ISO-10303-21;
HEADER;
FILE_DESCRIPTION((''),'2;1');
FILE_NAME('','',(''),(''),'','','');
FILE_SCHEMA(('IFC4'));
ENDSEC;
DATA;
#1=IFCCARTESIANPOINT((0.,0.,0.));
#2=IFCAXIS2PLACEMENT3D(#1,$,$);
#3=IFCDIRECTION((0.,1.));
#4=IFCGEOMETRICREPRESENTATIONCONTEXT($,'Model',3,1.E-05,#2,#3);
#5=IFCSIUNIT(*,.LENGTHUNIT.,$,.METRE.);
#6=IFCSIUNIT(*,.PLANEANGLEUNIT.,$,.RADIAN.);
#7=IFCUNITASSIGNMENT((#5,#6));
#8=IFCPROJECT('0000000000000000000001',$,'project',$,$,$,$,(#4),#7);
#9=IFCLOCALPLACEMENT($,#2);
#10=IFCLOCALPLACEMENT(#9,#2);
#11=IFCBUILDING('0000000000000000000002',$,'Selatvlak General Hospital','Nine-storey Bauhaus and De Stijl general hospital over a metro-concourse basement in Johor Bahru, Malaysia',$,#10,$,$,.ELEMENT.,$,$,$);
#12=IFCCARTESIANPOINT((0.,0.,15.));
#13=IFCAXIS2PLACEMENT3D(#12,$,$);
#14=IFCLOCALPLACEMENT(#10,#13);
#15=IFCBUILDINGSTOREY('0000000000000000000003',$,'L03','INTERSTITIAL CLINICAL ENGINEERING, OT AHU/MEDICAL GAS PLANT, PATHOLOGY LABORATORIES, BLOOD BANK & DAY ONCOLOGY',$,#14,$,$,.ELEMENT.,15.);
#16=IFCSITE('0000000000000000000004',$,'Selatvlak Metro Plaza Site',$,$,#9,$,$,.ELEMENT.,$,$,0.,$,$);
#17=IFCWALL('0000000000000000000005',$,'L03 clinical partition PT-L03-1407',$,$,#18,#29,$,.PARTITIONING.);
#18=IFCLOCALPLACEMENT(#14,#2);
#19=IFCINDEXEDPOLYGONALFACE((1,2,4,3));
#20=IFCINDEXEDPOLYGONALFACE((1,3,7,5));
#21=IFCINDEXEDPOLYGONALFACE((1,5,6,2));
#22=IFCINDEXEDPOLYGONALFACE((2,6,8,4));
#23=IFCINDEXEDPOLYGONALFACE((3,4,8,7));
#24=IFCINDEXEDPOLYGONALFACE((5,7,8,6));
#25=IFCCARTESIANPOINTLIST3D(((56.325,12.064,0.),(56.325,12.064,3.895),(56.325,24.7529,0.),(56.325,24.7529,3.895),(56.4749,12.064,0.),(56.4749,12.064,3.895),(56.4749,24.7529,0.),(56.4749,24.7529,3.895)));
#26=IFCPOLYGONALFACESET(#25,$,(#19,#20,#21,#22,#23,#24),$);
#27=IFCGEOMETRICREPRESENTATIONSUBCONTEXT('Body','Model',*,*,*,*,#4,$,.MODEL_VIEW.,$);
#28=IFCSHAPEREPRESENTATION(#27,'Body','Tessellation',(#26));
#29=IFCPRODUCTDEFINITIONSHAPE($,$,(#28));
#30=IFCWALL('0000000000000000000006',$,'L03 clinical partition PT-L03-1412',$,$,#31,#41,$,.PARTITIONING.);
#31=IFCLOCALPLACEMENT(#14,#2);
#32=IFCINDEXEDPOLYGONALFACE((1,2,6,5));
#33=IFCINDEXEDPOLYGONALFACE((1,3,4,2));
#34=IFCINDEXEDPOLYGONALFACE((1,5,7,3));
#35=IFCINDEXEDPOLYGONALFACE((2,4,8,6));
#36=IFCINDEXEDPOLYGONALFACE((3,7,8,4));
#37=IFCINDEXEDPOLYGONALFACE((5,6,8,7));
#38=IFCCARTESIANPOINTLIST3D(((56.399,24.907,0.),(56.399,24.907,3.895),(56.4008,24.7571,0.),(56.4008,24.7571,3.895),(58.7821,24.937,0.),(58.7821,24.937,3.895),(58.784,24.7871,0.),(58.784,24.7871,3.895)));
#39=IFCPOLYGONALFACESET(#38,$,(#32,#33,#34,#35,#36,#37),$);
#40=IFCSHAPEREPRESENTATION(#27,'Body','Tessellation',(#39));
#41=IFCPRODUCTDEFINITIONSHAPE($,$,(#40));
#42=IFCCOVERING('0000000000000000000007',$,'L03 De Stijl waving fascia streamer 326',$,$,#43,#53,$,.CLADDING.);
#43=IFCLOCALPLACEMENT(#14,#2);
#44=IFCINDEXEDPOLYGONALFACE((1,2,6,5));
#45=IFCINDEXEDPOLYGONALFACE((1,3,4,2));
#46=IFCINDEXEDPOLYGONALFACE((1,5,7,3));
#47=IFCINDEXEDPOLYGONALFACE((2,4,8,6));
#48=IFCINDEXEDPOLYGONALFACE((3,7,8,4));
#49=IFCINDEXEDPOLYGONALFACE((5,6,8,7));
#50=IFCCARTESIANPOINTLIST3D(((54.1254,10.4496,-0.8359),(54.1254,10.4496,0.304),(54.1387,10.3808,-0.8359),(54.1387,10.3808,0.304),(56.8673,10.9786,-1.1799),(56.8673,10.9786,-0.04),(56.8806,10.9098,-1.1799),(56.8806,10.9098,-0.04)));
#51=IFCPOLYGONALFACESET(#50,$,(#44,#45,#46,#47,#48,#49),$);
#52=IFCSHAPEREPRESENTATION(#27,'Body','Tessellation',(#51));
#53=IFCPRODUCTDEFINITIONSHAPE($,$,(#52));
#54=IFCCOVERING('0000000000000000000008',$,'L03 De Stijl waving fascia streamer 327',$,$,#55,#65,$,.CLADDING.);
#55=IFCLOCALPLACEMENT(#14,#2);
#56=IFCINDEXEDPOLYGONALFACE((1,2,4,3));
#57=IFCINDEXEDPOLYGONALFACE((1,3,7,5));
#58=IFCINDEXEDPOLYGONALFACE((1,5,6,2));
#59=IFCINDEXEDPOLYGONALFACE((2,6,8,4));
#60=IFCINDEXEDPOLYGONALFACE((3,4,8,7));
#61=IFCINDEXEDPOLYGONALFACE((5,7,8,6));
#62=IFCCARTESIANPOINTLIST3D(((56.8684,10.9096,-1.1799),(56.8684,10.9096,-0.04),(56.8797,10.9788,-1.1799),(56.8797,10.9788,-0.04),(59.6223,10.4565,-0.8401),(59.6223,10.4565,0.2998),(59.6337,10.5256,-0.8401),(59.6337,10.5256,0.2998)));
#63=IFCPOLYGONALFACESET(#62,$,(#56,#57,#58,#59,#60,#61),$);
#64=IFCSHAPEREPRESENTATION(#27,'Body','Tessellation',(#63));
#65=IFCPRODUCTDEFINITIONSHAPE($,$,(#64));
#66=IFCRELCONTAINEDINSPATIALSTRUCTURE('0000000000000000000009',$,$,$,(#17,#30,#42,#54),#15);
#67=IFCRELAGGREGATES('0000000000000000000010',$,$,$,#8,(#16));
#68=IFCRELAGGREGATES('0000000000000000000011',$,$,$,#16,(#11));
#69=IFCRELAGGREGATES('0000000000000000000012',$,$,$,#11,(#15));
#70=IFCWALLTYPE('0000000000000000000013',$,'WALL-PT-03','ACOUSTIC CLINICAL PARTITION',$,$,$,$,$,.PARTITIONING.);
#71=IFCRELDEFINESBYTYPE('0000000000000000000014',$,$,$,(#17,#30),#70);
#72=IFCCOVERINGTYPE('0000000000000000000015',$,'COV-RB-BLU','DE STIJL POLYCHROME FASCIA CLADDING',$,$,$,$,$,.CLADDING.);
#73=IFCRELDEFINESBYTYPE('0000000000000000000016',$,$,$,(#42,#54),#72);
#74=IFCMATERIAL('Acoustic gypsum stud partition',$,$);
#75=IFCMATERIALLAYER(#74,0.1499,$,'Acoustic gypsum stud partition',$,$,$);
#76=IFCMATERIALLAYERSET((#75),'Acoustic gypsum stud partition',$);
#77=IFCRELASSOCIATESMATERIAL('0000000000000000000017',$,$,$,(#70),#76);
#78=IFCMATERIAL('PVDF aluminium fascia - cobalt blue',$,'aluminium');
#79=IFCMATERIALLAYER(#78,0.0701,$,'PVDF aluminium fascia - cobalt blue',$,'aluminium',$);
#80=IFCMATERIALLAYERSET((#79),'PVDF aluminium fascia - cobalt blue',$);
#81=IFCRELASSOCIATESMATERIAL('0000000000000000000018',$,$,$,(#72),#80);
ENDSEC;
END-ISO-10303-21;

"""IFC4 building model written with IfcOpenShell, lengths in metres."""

from ifc_helpers import new_model, si_unit, direction, frame, frame_2d, origin, place, context, subcontext, project, spatial, polyline, rectangle, outline, extrude, material, layer, layer_set, type_object, element, save


model = new_model("IFC4")

# Units and contexts
model_context = context("Model", 3, precision=1e-05, world=origin(), true_north=direction((0.0, 1.0)))
body_context = subcontext(model_context, "Body", "Model", "MODEL_VIEW")
ifc_project = project(units=[si_unit("LENGTHUNIT", "METRE"), si_unit("PLANEANGLEUNIT", "RADIAN")], contexts=[model_context])

# Site, building, storey
site_placement = place(None, origin())
site = spatial("IfcSite", under=ifc_project, at=site_placement, Name="Selatvlak Metro Plaza Site", CompositionType="ELEMENT", RefElevation=0.0)
building_placement = place(site_placement, origin())
building = spatial("IfcBuilding", under=site, at=building_placement, Name="Selatvlak General Hospital", Description="Nine-storey Bauhaus and De Stijl general hospital over a metro-concourse basement in Johor Bahru, Malaysia", CompositionType="ELEMENT")
storey_placement = place(building_placement, frame((0.0, 0.0, 15.0)))
storey = spatial("IfcBuildingStorey", under=building, at=storey_placement, Name="L03", Description="INTERSTITIAL CLINICAL ENGINEERING, OT AHU/MEDICAL GAS PLANT, PATHOLOGY LABORATORIES, BLOOD BANK & DAY ONCOLOGY", CompositionType="ELEMENT", Elevation=15.0)

# Walls
ifc_material_1 = material(Name="Acoustic gypsum stud partition")
ifc_layer_1 = layer(ifc_material_1, 0.1499, Name="Acoustic gypsum stud partition")
ifc_layer_set_1 = layer_set([ifc_layer_1], Name="Acoustic gypsum stud partition")
wall_type_1 = type_object("IfcWallType", Name="WALL-PT-03", Description="ACOUSTIC CLINICAL PARTITION", PredefinedType="PARTITIONING", material=ifc_layer_set_1)
wall_1_placement = place(storey_placement, frame((56.3999, 24.7529, 0.0), z_axis=(0.0, 0.0, 1.0), x_axis=(0.0, -1.0, 0.0)))
element("IfcWall", 1, at=wall_1_placement, inside=storey, type_object=wall_type_1, Name="L03 clinical partition PT-L03-1407", PredefinedType="PARTITIONING", context=body_context, shape_type="SweptSolid", body=[
    extrude(rectangle(XDim=12.689, YDim=0.1499, at=frame_2d((6.3445, 0.0))), origin(), (0.0, 0.0, 1.0), 3.895),
])
wall_2_placement = place(storey_placement, frame((56.3999, 24.832, 0.0), z_axis=(0.0, 0.0, 1.0), x_axis=(0.999921, 0.0126, 0.0)))
element("IfcWall", 2, at=wall_2_placement, inside=storey, type_object=wall_type_1, Name="L03 clinical partition PT-L03-1412", PredefinedType="PARTITIONING", context=body_context, shape_type="SweptSolid", body=[
    extrude(rectangle(XDim=2.3833, YDim=0.1499, at=frame_2d((1.1917, 0.0))), origin(), (0.0, 0.0, 1.0), 3.895),
])

# Coverings
ifc_material_2 = material(Name="PVDF aluminium fascia - cobalt blue", Category="aluminium")
ifc_layer_2 = layer(ifc_material_2, 0.0701, Name="PVDF aluminium fascia - cobalt blue", Category="aluminium")
ifc_layer_set_2 = layer_set([ifc_layer_2], Name="PVDF aluminium fascia - cobalt blue")
covering_type = type_object("IfcCoveringType", Name="COV-RB-BLU", Description="DE STIJL POLYCHROME FASCIA CLADDING", PredefinedType="CLADDING", material=ifc_layer_set_2)
covering_1_placement = place(storey_placement, frame((54.1321, 10.415, -0.8359), z_axis=(0.0, 0.0, 1.0), x_axis=(0.98189, 0.189454, 0.0)))
element("IfcCovering", 3, at=covering_1_placement, inside=storey, type_object=covering_type, Name="L03 De Stijl waving fascia streamer 326", PredefinedType="CLADDING", context=body_context, shape_type="SweptSolid", body=[
    extrude(outline(polyline([(0.0, 0.0), (2.7925, -0.344), (2.7925, 0.7959), (0.0, 1.1399), (0.0, 0.0)])), frame((0.0, 0.0352, 0.0), z_axis=(0.0, -1.0, 0.0), x_axis=(1.0, 0.0, 0.0)), (0.0, 0.0, 1.0), 0.0701),
])
covering_2_placement = place(storey_placement, frame((56.874, 10.9441, -1.1799), z_axis=(0.0, 0.0, 1.0), x_axis=(0.986732, -0.162356, 0.0)))
element("IfcCovering", 4, at=covering_2_placement, inside=storey, type_object=covering_type, Name="L03 De Stijl waving fascia streamer 327", PredefinedType="CLADDING", context=body_context, shape_type="SweptSolid", body=[
    extrude(outline(polyline([(0.0, 0.0), (2.791, 0.3398), (2.791, 1.4797), (0.0, 1.1399), (0.0, 0.0)])), frame((0.0, 0.0352, 0.0), z_axis=(0.0, -1.0, 0.0), x_axis=(1.0, 0.0, 0.0)), (0.0, 0.0, 1.0), 0.0701),
])

save(model, "model.ifc")
